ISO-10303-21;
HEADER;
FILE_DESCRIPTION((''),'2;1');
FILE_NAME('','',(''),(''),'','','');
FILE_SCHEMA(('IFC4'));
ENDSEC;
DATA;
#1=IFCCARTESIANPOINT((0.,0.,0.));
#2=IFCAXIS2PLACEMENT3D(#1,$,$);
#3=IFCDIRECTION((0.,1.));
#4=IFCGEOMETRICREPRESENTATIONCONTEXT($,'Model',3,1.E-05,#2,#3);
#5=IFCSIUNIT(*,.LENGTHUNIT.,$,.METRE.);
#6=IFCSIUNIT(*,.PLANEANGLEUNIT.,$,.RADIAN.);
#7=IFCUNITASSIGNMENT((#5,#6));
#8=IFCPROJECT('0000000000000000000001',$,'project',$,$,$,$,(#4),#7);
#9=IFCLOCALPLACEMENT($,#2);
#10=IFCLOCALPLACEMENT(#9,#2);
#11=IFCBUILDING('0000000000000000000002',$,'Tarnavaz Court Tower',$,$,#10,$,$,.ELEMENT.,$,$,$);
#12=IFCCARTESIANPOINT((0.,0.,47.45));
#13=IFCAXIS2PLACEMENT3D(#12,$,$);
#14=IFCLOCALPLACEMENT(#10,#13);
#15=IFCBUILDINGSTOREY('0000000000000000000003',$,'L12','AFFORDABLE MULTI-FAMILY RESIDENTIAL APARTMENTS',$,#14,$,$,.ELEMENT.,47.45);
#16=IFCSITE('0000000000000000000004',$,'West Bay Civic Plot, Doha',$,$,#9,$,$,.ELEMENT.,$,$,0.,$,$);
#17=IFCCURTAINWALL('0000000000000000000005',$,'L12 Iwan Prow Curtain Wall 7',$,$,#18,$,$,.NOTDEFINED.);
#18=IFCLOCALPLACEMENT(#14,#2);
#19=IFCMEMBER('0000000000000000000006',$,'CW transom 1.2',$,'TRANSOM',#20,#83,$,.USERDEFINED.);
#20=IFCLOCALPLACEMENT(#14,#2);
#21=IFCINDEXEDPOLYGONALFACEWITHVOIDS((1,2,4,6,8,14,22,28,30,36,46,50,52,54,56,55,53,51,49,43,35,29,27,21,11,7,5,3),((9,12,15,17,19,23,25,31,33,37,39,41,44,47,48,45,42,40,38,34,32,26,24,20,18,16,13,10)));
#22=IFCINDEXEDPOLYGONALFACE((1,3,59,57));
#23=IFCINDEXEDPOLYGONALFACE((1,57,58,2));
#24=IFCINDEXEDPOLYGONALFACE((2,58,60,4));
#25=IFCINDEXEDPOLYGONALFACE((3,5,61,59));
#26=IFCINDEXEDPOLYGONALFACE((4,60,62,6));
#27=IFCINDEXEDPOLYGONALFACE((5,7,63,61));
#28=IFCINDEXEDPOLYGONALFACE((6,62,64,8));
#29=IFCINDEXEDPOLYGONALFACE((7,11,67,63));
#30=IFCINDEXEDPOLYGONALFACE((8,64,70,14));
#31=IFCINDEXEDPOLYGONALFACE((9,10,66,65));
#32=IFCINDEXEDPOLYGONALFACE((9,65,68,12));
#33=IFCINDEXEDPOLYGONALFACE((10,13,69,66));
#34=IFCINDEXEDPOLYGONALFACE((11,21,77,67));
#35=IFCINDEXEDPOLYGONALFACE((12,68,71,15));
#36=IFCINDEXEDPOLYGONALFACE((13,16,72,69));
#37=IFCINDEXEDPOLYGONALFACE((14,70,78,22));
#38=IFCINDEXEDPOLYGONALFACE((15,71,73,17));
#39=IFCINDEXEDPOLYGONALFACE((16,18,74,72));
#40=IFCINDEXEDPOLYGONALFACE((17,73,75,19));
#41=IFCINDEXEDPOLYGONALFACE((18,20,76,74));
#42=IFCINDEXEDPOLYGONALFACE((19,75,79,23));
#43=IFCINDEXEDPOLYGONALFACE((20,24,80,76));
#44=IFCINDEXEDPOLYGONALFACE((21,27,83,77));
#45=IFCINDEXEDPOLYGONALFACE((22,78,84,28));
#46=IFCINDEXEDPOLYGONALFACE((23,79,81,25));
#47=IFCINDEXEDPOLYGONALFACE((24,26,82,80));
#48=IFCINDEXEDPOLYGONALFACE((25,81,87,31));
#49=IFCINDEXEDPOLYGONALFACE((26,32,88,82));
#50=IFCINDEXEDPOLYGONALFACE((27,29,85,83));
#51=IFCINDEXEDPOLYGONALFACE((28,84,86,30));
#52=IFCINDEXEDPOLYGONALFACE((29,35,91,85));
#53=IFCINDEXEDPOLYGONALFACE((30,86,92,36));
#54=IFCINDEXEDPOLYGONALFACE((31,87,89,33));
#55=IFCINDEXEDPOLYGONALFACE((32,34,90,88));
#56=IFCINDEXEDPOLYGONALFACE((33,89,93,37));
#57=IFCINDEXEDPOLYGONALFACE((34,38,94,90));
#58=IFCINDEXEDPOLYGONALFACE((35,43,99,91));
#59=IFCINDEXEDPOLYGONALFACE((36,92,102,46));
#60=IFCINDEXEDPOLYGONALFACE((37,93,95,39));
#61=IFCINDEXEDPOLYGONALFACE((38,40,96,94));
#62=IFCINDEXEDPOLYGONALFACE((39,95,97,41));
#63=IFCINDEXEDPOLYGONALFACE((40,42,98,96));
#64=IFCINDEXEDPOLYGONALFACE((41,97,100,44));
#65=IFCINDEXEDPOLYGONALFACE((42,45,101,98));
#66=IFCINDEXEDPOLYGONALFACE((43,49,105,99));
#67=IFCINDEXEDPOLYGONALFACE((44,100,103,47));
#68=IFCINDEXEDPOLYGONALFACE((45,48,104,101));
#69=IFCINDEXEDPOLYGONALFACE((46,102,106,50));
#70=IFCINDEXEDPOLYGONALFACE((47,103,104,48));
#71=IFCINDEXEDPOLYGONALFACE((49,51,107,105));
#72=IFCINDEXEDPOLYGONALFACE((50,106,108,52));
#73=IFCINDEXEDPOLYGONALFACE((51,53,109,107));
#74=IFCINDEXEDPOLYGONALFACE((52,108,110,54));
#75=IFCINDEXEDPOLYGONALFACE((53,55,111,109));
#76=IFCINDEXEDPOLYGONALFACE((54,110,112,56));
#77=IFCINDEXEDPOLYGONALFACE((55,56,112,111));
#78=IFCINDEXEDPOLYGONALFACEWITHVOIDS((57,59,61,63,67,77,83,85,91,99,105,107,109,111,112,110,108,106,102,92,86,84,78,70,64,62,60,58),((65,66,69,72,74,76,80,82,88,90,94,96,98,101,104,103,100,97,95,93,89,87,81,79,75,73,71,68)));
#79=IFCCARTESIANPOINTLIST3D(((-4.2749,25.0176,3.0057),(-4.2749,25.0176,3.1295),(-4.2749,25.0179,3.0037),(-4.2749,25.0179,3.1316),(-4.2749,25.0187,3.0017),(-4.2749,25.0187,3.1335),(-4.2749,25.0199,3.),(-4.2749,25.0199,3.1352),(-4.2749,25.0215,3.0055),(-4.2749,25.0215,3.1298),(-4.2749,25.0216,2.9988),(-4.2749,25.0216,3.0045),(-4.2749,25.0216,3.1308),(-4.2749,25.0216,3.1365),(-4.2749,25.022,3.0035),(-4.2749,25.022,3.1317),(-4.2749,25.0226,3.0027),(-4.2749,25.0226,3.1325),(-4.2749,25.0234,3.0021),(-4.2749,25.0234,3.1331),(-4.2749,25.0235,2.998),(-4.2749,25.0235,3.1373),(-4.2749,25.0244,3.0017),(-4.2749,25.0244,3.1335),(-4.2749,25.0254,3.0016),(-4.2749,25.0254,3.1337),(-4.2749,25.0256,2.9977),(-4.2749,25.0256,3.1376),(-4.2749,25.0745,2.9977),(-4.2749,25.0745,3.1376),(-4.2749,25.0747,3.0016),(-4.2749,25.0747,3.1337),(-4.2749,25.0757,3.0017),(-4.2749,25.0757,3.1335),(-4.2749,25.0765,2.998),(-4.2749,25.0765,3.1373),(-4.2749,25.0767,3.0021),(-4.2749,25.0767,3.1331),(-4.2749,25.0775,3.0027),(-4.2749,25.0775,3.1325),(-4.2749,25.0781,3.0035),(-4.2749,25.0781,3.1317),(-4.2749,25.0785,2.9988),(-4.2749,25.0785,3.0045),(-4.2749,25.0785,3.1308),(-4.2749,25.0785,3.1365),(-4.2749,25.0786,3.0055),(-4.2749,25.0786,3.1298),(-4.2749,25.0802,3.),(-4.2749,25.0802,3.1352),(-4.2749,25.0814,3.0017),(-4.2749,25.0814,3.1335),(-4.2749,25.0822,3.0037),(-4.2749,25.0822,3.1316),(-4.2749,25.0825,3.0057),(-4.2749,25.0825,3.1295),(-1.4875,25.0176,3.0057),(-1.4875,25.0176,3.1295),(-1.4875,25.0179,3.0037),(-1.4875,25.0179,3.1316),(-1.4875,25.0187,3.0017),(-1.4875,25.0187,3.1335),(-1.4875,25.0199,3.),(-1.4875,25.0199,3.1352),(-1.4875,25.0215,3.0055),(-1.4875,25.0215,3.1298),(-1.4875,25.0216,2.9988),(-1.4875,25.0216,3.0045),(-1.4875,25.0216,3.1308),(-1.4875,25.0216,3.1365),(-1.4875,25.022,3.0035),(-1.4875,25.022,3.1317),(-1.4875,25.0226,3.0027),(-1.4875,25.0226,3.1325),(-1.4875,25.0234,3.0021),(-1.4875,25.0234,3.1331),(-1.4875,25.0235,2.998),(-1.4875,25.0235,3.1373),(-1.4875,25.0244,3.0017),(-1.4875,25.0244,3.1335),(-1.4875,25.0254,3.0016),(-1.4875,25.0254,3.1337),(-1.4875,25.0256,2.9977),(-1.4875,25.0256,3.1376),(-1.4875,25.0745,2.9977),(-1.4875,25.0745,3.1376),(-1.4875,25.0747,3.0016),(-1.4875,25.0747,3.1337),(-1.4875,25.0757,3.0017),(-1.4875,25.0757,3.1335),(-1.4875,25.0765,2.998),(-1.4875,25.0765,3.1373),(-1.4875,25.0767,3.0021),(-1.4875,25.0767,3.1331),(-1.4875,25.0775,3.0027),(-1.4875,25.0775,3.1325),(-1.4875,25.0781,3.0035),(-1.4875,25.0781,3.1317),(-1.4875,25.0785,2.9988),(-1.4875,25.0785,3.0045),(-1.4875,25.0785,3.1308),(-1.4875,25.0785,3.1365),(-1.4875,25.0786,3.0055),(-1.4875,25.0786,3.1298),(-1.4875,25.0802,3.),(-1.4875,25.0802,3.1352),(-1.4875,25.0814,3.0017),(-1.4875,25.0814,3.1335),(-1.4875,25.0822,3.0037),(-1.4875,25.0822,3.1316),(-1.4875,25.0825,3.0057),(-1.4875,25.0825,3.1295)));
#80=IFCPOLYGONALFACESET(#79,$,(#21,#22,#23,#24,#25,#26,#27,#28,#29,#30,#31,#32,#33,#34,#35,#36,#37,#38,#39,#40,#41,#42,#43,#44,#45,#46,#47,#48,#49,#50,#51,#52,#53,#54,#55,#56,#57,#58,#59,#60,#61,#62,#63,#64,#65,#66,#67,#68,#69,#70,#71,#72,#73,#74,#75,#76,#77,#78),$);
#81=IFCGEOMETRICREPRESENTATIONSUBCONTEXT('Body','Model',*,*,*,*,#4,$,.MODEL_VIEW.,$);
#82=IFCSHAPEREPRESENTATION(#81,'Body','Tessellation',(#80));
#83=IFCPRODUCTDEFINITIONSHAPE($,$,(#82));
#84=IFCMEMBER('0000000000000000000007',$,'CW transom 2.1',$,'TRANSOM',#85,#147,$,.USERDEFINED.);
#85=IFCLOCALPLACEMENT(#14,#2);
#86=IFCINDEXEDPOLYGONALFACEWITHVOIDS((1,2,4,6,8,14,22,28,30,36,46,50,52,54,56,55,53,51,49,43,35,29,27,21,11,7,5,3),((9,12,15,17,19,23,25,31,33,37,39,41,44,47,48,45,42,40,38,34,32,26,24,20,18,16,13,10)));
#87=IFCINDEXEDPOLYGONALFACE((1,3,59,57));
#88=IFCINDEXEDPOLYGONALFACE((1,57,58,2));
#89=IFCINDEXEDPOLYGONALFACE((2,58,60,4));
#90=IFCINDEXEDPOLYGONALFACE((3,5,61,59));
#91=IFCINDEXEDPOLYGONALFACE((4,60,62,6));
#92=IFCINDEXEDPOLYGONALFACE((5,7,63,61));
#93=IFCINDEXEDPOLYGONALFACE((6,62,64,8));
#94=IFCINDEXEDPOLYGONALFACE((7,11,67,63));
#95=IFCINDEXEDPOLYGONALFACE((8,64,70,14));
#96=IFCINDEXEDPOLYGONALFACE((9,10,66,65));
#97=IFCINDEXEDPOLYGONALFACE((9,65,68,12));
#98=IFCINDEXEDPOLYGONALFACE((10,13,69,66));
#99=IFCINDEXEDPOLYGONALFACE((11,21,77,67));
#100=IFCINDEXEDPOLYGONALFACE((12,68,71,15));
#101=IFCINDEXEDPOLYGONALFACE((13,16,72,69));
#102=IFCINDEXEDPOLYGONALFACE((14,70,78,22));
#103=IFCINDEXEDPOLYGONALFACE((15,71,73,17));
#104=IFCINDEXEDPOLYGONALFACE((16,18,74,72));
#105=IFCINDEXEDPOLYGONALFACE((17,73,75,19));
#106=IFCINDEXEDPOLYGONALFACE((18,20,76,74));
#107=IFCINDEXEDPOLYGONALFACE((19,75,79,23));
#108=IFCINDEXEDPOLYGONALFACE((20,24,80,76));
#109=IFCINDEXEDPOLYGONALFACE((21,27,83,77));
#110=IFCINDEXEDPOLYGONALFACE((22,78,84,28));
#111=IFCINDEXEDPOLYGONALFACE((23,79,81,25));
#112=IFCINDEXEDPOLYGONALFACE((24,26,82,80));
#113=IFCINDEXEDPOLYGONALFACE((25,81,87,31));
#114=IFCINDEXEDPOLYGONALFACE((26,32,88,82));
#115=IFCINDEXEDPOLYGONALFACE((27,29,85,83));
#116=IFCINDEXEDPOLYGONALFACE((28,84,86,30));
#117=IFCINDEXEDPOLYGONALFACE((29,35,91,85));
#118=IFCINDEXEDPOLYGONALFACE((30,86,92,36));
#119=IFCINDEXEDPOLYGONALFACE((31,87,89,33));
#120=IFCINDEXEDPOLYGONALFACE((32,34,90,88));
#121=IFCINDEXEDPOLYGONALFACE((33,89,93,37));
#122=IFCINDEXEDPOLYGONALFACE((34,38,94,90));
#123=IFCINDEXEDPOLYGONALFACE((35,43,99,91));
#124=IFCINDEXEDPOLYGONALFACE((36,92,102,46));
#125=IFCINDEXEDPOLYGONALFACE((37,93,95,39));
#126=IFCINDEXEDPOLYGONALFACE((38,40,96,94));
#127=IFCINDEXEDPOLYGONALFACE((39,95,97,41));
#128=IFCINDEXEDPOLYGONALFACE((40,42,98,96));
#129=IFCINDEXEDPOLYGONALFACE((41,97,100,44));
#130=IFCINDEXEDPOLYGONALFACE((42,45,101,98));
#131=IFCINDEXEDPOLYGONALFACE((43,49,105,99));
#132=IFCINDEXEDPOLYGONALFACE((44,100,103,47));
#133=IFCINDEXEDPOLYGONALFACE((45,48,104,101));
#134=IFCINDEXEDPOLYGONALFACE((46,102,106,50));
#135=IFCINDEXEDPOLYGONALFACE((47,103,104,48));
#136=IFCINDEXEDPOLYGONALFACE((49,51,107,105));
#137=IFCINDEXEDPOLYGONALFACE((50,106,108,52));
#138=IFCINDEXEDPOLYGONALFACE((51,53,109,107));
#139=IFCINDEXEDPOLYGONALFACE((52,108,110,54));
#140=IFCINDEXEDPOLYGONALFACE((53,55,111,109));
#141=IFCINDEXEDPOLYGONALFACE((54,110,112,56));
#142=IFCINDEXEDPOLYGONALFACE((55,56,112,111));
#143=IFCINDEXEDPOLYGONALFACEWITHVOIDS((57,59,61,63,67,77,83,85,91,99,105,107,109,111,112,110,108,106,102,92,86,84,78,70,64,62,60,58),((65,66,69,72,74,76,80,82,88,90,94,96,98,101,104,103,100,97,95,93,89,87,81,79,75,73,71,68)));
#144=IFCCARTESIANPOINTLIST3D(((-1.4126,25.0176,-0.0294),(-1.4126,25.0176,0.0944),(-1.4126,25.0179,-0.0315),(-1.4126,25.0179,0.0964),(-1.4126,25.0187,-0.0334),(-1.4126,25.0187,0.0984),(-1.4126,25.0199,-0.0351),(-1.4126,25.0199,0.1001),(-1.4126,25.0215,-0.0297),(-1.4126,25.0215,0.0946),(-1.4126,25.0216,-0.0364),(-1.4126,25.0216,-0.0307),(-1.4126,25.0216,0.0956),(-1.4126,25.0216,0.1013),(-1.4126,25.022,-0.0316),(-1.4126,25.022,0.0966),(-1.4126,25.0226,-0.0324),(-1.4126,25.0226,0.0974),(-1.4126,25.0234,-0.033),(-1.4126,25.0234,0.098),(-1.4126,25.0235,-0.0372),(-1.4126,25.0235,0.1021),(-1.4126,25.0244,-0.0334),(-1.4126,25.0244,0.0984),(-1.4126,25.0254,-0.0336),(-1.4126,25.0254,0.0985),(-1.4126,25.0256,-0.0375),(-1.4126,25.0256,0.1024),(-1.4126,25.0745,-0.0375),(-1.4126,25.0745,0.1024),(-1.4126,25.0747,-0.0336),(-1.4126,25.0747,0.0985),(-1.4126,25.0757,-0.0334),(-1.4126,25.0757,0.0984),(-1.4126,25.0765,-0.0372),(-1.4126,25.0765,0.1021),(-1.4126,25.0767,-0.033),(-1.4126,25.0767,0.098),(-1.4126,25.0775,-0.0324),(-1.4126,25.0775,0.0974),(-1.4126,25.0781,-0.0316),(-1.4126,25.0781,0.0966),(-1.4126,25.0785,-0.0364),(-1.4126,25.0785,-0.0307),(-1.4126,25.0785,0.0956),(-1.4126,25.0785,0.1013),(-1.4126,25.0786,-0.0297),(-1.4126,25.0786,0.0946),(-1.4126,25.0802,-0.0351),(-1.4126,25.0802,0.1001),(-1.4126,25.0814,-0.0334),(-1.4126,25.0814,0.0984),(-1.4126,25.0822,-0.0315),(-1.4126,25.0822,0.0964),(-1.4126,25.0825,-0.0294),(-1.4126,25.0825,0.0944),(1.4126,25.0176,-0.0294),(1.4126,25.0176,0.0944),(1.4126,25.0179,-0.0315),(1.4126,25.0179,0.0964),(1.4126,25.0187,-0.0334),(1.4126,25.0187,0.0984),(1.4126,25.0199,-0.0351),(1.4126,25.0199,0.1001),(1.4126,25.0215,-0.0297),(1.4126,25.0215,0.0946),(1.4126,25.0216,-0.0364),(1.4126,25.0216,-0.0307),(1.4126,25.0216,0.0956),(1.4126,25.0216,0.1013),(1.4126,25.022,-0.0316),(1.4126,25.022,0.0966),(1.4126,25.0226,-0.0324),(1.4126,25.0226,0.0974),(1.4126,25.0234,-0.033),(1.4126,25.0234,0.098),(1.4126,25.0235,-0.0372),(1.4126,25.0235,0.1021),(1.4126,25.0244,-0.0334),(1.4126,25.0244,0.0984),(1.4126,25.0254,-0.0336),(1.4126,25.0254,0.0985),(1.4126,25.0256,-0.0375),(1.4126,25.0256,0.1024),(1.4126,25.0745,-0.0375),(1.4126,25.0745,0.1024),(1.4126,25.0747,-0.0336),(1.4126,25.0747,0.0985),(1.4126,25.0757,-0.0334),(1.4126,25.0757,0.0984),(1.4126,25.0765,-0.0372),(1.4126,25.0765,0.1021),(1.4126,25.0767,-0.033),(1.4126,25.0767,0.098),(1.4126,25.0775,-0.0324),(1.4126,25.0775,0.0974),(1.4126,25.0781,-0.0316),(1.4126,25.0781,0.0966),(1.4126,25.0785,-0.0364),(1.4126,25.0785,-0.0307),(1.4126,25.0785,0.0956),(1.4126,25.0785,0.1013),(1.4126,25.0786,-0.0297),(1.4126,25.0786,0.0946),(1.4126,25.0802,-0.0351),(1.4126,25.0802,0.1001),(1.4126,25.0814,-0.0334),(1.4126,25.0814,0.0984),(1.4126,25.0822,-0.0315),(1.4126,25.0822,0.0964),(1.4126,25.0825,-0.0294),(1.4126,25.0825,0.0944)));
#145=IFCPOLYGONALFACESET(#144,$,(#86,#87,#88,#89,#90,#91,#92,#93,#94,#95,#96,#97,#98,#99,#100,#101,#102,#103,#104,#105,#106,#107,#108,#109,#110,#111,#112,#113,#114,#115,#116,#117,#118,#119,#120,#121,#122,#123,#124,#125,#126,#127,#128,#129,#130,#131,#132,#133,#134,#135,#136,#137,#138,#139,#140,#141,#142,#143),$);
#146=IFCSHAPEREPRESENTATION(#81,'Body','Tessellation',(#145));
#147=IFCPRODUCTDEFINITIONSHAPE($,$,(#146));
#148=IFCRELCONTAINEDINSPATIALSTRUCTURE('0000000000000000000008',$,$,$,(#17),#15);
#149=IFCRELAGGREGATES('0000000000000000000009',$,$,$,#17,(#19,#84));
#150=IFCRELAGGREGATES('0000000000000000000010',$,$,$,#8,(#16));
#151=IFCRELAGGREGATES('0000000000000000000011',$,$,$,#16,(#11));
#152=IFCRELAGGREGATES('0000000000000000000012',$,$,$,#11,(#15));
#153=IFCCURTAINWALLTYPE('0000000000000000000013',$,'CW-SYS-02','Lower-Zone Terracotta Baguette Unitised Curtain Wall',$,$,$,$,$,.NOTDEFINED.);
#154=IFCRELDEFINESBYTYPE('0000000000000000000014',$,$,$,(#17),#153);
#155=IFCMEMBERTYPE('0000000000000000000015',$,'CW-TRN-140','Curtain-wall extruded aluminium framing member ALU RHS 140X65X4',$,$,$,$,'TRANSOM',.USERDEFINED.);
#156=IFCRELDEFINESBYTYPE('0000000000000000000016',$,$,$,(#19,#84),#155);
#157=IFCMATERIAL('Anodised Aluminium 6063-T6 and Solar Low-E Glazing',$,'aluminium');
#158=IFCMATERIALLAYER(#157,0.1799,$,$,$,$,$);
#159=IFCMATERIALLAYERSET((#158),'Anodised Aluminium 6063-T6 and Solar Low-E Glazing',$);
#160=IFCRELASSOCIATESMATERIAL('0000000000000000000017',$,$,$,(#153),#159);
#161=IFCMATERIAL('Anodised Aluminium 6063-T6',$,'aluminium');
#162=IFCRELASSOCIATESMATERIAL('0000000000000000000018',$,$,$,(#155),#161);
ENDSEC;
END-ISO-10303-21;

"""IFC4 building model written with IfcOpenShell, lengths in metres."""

from ifc_helpers import new_model, si_unit, direction, frame, origin, origin_2d, place, context, subcontext, project, spatial, hollow_rectangle, extrude, material, layer, layer_set, material_profile, profile_set, type_object, element, aggregate, save


model = new_model("IFC4")

# Units and contexts
model_context = context("Model", 3, precision=1e-05, world=origin(), true_north=direction((0.0, 1.0)))
body_context = subcontext(model_context, "Body", "Model", "MODEL_VIEW")
ifc_project = project(units=[si_unit("LENGTHUNIT", "METRE"), si_unit("PLANEANGLEUNIT", "RADIAN")], contexts=[model_context])

# Site, building, storey
site_placement = place(None, origin())
site = spatial("IfcSite", under=ifc_project, at=site_placement, Name="West Bay Civic Plot, Doha", CompositionType="ELEMENT", RefElevation=0.0)
building_placement = place(site_placement, origin())
building = spatial("IfcBuilding", under=site, at=building_placement, Name="Tarnavaz Court Tower", CompositionType="ELEMENT")
storey_placement = place(building_placement, frame((0.0, 0.0, 47.45)))
storey = spatial("IfcBuildingStorey", under=building, at=storey_placement, Name="L12", Description="AFFORDABLE MULTI-FAMILY RESIDENTIAL APARTMENTS", CompositionType="ELEMENT", Elevation=47.45)

# Curtain wall, members
ifc_material_1 = material(Name="Anodised Aluminium 6063-T6 and Solar Low-E Glazing", Category="aluminium")
ifc_layer_1 = layer(ifc_material_1, 0.1799)
ifc_layer_set_1 = layer_set([ifc_layer_1], Name="Anodised Aluminium 6063-T6 and Solar Low-E Glazing")
curtain_wall_type = type_object("IfcCurtainWallType", Name="CW-SYS-02", Description="Lower-Zone Terracotta Baguette Unitised Curtain Wall", PredefinedType="NOTDEFINED", material=ifc_layer_set_1)
curtain_wall_placement = place(storey_placement, origin())
curtain_wall = element("IfcCurtainWall", 1, at=curtain_wall_placement, inside=storey, type_object=curtain_wall_type, Name="L12 Iwan Prow Curtain Wall 7", PredefinedType="NOTDEFINED")
ifc_material_2 = material(Name="Anodised Aluminium 6063-T6", Category="aluminium")
ifc_material_profile_1 = material_profile(ifc_material_2, hollow_rectangle(XDim=0.0649, YDim=0.1399, WallThickness=0.0039, InnerFilletRadius=0.0039, OuterFilletRadius=0.0081, at=origin_2d()), Name="ALU RHS 140X65X4")
ifc_profile_set_1 = profile_set([ifc_material_profile_1], Name="Anodised Aluminium 6063-T6")
member_type_1 = type_object("IfcMemberType", Name="CW-TRN-140", Description="Curtain-wall extruded aluminium framing member ALU RHS 140X65X4", ElementType="TRANSOM", PredefinedType="USERDEFINED", material=ifc_profile_set_1)
member_1_placement = place(storey_placement, frame((-4.2749, 25.05, 3.0676), z_axis=(1.0, 0.0, 0.0), x_axis=(0.0, 1.0, 0.0)))
member_1 = element("IfcMember", 2, at=member_1_placement, type_object=member_type_1, Name="CW transom 1.2", ObjectType="TRANSOM", PredefinedType="USERDEFINED", context=body_context, shape_type="SweptSolid", body=[
    extrude(hollow_rectangle(XDim=0.0649, YDim=0.1399, WallThickness=0.0039, InnerFilletRadius=0.0039, OuterFilletRadius=0.0081, at=origin_2d()), origin(), (0.0, 0.0, 1.0), 2.7874),
])
member_2_placement = place(storey_placement, frame((-1.4126, 25.05, 0.0325), z_axis=(1.0, 0.0, 0.0), x_axis=(0.0, 1.0, 0.0)))
member_2 = element("IfcMember", 3, at=member_2_placement, type_object=member_type_1, Name="CW transom 2.1", ObjectType="TRANSOM", PredefinedType="USERDEFINED", context=body_context, shape_type="SweptSolid", body=[
    extrude(hollow_rectangle(XDim=0.0649, YDim=0.1399, WallThickness=0.0039, InnerFilletRadius=0.0039, OuterFilletRadius=0.0081, at=origin_2d()), origin(), (0.0, 0.0, 1.0), 2.8252),
])
aggregate(curtain_wall, [member_1, member_2])

save(model, "model.ifc")
